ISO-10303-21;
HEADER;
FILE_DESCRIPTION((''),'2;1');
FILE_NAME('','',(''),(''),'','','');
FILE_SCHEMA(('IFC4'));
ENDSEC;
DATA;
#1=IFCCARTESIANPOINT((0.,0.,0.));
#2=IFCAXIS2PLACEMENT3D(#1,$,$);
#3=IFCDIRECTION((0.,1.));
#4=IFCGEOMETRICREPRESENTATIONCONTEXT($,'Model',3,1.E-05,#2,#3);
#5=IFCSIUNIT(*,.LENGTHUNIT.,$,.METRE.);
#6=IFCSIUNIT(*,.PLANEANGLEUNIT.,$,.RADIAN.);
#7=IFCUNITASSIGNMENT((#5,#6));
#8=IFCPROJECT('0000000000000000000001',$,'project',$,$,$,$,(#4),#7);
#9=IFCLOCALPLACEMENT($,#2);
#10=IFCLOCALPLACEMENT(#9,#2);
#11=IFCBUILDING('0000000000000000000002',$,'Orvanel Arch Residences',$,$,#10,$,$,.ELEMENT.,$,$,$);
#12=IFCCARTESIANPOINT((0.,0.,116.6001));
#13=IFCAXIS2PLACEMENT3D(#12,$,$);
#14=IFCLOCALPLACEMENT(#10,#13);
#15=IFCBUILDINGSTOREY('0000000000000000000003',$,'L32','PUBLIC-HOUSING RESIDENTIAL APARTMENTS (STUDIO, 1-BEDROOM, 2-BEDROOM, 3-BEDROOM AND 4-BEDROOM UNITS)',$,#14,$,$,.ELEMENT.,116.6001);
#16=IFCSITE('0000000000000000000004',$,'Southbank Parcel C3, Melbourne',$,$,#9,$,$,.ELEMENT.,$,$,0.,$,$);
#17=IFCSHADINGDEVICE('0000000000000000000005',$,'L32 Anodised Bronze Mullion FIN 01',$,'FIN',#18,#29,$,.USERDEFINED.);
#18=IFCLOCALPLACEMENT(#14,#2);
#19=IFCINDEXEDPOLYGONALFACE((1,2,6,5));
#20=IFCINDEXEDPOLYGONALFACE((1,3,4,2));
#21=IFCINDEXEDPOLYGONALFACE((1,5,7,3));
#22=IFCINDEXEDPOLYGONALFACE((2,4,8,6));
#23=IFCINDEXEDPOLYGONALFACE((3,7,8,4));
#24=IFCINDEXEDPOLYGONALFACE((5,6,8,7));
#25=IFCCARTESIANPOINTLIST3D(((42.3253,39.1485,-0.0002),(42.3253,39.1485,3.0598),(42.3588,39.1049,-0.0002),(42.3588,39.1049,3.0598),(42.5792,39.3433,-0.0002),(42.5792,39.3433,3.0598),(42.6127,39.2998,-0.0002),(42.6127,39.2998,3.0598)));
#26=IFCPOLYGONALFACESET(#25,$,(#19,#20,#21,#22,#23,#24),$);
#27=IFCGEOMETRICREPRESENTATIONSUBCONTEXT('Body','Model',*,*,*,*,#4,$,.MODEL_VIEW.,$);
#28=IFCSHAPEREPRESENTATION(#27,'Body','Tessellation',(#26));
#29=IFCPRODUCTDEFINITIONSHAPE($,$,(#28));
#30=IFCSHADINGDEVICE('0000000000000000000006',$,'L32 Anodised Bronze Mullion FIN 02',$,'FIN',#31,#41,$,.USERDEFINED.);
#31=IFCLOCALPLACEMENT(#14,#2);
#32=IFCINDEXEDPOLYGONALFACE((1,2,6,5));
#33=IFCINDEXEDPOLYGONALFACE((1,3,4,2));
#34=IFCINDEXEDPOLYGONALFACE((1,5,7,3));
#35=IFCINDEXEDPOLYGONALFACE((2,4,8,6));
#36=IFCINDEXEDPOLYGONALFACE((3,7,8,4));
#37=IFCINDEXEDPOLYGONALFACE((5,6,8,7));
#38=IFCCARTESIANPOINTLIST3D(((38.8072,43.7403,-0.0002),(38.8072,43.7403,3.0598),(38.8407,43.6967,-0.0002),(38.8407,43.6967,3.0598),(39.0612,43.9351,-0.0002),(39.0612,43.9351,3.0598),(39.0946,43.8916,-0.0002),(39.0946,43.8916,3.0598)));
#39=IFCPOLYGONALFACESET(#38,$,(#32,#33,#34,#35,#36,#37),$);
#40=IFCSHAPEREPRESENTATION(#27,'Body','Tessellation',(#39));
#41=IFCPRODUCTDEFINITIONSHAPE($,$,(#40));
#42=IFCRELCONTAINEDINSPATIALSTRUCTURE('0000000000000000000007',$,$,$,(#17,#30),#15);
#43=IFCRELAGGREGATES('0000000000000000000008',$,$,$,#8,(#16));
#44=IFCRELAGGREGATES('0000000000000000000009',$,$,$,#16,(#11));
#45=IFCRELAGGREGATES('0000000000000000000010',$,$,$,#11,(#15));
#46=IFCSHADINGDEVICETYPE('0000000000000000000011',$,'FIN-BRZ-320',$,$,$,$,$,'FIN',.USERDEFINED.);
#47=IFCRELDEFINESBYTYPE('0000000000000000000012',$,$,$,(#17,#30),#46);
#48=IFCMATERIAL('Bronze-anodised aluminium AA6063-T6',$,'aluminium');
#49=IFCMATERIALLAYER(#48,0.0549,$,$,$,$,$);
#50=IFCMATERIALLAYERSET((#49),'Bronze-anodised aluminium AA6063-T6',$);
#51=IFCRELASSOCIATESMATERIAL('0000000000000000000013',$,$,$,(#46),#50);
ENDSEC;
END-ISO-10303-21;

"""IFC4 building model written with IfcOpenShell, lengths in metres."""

from ifc_helpers import new_model, si_unit, direction, frame, origin, origin_2d, place, context, subcontext, project, spatial, rectangle, extrude, material, layer, layer_set, type_object, element, save


model = new_model("IFC4")

# Units and contexts
model_context = context("Model", 3, precision=1e-05, world=origin(), true_north=direction((0.0, 1.0)))
body_context = subcontext(model_context, "Body", "Model", "MODEL_VIEW")
ifc_project = project(units=[si_unit("LENGTHUNIT", "METRE"), si_unit("PLANEANGLEUNIT", "RADIAN")], contexts=[model_context])

# Site, building, storey
site_placement = place(None, origin())
site = spatial("IfcSite", under=ifc_project, at=site_placement, Name="Southbank Parcel C3, Melbourne", CompositionType="ELEMENT", RefElevation=0.0)
building_placement = place(site_placement, origin())
building = spatial("IfcBuilding", under=site, at=building_placement, Name="Orvanel Arch Residences", CompositionType="ELEMENT")
storey_placement = place(building_placement, frame((0.0, 0.0, 116.6001)))
storey = spatial("IfcBuildingStorey", under=building, at=storey_placement, Name="L32", Description="PUBLIC-HOUSING RESIDENTIAL APARTMENTS (STUDIO, 1-BEDROOM, 2-BEDROOM, 3-BEDROOM AND 4-BEDROOM UNITS)", CompositionType="ELEMENT", Elevation=116.6001)

# Shared definitions
ifc_material_1 = material(Name="Bronze-anodised aluminium AA6063-T6", Category="aluminium")

# Shading devices
ifc_layer_1 = layer(ifc_material_1, 0.0549)
ifc_layer_set_1 = layer_set([ifc_layer_1], Name="Bronze-anodised aluminium AA6063-T6")
shading_device_type = type_object("IfcShadingDeviceType", Name="FIN-BRZ-320", ElementType="FIN", PredefinedType="USERDEFINED", material=ifc_layer_set_1)
for number, where, z_axis, x_axis, name in (
    (1, (42.469, 39.2241, -0.0002), (0.0, 0.0, 1.0), (0.793353, 0.608761, 0.0), "L32 Anodised Bronze Mullion FIN 01"),
    (2, (38.9509, 43.8159, -0.0002), (0.0, 0.0, 1.0), (0.793353, 0.608761, 0.0), "L32 Anodised Bronze Mullion FIN 02"),
):
    element("IfcShadingDevice", number, at=place(storey_placement, frame(where, z_axis=z_axis, x_axis=x_axis)), inside=storey, type_object=shading_device_type, Name=name, ObjectType="FIN", PredefinedType="USERDEFINED", context=body_context, shape_type="SweptSolid", body=[
        extrude(rectangle(XDim=0.3201, YDim=0.0549, at=origin_2d()), origin(), (0.0, 0.0, 1.0), 3.0601),
    ])

save(model, "model.ifc")
